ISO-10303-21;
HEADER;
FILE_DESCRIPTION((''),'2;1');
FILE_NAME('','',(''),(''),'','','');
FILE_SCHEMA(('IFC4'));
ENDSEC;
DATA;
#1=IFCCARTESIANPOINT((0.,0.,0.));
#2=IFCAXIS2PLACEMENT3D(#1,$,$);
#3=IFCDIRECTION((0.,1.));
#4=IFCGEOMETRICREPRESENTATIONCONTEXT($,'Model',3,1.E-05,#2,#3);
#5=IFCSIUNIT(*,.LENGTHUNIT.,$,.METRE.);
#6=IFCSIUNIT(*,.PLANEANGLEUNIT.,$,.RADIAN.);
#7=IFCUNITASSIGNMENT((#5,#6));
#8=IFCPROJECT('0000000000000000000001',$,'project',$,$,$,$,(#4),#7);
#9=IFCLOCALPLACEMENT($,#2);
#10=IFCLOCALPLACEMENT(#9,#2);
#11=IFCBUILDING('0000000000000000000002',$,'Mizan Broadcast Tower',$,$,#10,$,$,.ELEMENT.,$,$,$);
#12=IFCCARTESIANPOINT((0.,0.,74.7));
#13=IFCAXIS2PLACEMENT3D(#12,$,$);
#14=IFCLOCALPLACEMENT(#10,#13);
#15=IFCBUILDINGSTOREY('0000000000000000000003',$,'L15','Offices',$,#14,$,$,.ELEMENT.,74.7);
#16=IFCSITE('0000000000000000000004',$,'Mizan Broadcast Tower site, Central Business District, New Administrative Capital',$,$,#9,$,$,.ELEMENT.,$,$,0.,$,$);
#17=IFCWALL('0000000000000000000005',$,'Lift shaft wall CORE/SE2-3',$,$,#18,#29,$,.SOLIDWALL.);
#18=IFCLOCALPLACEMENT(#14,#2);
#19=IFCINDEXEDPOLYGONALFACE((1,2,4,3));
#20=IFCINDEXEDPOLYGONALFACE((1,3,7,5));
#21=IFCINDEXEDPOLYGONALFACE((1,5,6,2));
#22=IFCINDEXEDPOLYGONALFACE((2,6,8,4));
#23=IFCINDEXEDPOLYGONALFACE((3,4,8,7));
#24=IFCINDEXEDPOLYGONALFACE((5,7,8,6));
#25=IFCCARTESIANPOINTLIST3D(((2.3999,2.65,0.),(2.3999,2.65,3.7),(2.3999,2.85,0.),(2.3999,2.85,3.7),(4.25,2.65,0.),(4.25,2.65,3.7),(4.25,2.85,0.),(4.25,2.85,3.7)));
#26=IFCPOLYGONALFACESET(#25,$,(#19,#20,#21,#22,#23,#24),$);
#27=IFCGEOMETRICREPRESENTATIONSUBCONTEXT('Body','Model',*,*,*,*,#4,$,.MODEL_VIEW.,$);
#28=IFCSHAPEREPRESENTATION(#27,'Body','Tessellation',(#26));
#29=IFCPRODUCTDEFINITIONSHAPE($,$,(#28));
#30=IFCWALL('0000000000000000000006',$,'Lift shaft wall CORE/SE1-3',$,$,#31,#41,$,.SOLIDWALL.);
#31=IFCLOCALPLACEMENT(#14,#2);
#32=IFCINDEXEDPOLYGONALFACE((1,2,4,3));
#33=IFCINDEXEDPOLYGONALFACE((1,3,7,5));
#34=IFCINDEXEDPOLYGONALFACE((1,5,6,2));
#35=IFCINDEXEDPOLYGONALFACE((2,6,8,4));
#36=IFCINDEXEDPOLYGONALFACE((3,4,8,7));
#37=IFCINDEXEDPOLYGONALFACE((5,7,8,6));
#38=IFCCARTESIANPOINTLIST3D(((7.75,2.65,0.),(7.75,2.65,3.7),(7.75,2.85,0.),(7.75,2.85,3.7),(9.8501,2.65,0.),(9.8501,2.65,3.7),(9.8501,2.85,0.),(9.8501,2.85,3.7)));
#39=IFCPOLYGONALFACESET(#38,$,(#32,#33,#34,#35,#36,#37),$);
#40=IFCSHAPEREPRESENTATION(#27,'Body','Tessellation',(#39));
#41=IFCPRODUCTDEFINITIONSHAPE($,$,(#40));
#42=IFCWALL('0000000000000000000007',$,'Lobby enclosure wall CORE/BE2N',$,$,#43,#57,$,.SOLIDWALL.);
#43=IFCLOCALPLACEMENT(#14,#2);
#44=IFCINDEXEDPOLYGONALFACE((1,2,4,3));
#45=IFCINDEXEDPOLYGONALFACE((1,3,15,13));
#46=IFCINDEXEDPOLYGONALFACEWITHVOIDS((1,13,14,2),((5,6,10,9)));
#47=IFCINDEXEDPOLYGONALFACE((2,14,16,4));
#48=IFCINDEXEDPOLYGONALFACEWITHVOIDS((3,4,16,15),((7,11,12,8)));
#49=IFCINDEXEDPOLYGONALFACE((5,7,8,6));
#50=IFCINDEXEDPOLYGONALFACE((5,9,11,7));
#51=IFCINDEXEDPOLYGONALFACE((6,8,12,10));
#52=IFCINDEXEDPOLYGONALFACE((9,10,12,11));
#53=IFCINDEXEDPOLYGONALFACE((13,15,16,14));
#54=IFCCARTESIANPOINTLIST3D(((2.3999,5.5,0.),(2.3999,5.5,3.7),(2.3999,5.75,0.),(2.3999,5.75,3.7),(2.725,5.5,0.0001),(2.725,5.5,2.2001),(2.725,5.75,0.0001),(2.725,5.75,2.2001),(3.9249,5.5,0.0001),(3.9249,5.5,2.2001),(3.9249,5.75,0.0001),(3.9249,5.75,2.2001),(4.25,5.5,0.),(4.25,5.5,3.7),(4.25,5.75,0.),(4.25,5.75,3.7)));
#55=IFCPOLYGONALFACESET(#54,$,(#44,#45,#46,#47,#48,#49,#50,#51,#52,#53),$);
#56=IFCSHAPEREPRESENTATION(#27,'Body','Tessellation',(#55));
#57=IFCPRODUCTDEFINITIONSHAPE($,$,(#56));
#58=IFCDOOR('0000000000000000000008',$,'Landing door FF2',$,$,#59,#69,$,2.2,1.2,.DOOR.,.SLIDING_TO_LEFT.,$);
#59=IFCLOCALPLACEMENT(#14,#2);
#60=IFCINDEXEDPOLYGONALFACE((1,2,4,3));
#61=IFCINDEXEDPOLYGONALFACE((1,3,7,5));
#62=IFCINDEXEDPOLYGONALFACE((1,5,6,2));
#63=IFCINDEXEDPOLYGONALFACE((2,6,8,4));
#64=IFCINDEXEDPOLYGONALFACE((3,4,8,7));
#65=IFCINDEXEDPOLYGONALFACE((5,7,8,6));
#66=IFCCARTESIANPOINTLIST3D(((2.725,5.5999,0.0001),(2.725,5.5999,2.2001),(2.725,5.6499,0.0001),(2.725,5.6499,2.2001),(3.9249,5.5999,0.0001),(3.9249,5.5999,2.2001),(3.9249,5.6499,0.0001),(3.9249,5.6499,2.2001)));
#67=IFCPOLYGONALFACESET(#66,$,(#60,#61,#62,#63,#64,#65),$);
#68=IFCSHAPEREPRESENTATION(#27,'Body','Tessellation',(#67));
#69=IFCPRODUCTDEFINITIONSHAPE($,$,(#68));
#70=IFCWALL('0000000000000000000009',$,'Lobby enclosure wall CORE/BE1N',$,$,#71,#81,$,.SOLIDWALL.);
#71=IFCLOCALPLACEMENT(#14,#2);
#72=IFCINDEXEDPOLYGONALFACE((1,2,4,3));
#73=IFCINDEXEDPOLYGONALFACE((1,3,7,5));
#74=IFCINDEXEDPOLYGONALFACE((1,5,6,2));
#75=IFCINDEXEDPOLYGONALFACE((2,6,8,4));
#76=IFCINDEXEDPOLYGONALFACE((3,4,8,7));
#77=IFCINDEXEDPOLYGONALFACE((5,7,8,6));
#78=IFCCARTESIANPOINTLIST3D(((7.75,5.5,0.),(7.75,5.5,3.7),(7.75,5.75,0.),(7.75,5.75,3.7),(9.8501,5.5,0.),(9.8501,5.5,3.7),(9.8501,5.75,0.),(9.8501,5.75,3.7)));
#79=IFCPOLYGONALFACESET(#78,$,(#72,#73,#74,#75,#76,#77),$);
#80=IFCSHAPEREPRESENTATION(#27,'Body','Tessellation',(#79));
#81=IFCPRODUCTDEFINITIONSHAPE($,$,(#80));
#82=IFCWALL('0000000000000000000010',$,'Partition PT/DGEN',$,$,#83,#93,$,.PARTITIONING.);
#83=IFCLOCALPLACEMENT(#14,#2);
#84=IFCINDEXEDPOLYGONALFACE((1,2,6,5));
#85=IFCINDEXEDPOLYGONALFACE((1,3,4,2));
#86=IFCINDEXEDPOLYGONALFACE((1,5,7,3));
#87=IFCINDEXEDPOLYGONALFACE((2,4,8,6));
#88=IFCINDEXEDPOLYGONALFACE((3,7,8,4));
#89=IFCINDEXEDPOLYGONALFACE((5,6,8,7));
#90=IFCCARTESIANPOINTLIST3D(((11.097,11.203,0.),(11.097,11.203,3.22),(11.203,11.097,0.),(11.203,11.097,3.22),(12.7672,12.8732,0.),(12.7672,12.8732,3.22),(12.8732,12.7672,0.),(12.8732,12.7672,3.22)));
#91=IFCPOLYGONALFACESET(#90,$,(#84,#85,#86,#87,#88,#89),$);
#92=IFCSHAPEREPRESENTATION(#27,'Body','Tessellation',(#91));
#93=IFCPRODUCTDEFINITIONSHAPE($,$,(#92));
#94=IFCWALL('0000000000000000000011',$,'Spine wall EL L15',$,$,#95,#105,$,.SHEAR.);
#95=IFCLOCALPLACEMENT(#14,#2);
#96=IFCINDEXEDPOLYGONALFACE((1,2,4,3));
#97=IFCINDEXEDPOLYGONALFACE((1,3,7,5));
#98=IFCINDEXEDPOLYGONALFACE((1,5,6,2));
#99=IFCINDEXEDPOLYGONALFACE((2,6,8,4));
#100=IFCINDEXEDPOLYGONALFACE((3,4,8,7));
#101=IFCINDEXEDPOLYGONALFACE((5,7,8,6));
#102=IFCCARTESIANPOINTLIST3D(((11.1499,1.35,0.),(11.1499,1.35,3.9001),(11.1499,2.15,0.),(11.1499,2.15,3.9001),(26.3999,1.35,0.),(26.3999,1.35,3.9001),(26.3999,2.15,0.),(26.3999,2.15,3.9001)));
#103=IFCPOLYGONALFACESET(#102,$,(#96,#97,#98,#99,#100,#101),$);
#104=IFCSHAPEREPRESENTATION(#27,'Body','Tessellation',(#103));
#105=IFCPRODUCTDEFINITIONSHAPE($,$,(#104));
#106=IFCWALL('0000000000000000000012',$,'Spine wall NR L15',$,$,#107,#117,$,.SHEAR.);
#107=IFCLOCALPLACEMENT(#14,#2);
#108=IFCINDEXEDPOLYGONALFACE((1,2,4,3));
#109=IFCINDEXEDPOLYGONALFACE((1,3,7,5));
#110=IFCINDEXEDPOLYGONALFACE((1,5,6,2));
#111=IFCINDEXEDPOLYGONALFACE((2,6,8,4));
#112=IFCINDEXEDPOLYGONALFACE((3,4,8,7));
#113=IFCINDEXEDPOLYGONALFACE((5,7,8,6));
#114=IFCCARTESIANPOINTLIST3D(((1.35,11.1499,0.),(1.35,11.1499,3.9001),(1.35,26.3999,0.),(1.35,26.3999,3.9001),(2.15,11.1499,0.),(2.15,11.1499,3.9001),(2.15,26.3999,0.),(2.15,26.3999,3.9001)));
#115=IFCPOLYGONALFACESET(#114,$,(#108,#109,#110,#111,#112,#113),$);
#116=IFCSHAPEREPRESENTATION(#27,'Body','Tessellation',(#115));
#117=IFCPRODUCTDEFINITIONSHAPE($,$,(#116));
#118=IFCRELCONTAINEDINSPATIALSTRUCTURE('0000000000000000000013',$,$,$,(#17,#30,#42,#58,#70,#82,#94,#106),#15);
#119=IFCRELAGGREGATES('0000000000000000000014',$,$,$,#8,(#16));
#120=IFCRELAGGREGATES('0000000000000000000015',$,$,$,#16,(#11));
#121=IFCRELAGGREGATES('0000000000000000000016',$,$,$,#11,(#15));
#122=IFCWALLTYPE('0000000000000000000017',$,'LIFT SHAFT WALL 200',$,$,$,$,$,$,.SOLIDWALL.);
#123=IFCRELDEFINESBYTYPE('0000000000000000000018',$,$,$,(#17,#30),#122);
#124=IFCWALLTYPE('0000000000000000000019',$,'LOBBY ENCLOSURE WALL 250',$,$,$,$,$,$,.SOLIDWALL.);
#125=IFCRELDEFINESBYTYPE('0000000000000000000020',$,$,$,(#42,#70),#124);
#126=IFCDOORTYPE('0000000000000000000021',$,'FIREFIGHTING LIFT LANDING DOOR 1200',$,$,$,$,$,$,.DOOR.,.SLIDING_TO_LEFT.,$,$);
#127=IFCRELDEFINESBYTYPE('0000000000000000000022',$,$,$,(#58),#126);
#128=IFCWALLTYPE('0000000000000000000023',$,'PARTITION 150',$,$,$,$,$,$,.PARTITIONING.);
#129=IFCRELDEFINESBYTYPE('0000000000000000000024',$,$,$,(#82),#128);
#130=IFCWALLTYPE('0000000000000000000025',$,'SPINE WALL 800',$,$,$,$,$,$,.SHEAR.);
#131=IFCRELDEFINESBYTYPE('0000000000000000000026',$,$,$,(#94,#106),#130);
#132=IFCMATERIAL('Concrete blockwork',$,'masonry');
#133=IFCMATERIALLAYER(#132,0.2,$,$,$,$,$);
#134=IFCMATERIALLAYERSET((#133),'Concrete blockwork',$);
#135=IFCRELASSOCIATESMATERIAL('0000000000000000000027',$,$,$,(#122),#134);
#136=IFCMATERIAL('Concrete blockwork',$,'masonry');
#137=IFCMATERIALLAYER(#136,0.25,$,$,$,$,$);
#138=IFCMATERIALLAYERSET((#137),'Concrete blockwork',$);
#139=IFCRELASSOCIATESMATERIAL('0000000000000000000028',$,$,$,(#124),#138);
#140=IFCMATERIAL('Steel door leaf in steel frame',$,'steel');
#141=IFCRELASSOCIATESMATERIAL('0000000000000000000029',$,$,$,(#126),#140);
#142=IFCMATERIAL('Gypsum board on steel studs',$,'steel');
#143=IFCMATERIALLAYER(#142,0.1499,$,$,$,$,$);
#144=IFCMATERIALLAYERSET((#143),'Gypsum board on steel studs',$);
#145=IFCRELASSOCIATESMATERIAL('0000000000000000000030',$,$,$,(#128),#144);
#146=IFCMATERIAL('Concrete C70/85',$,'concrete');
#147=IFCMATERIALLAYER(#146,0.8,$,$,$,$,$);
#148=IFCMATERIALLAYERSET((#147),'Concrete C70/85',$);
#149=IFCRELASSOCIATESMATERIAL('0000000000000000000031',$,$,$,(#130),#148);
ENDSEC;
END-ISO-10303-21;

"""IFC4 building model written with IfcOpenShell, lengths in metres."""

from ifc_helpers import new_model, si_unit, direction, frame, frame_2d, origin, place, context, subcontext, project, spatial, rectangle, extrude, material, layer, layer_set, type_object, element, fill, save


model = new_model("IFC4")

# Units and contexts
model_context = context("Model", 3, precision=1e-05, world=origin(), true_north=direction((0.0, 1.0)))
body_context = subcontext(model_context, "Body", "Model", "MODEL_VIEW")
ifc_project = project(units=[si_unit("LENGTHUNIT", "METRE"), si_unit("PLANEANGLEUNIT", "RADIAN")], contexts=[model_context])

# Site, building, storey
site_placement = place(None, origin())
site = spatial("IfcSite", under=ifc_project, at=site_placement, Name="Mizan Broadcast Tower site, Central Business District, New Administrative Capital", CompositionType="ELEMENT", RefElevation=0.0)
building_placement = place(site_placement, origin())
building = spatial("IfcBuilding", under=site, at=building_placement, Name="Mizan Broadcast Tower", CompositionType="ELEMENT")
storey_placement = place(building_placement, frame((0.0, 0.0, 74.7)))
storey = spatial("IfcBuildingStorey", under=building, at=storey_placement, Name="L15", Description="Offices", CompositionType="ELEMENT", Elevation=74.7)

# Walls
ifc_material_1 = material(Name="Concrete blockwork", Category="masonry")
ifc_layer_1 = layer(ifc_material_1, 0.2)
ifc_layer_set_1 = layer_set([ifc_layer_1], Name="Concrete blockwork")
wall_type_1 = type_object("IfcWallType", Name="LIFT SHAFT WALL 200", PredefinedType="SOLIDWALL", material=ifc_layer_set_1)
wall_1_placement = place(storey_placement, frame((2.3999, 2.75, 0.0), z_axis=(0.0, 0.0, 1.0), x_axis=(1.0, 0.0, 0.0)))
element("IfcWall", 1, at=wall_1_placement, inside=storey, type_object=wall_type_1, Name="Lift shaft wall CORE/SE2-3", PredefinedType="SOLIDWALL", context=body_context, shape_type="SweptSolid", body=[
    extrude(rectangle(XDim=1.8501, YDim=0.2, at=frame_2d((0.925, 0.0))), origin(), (0.0, 0.0, 1.0), 3.7),
])
wall_2_placement = place(storey_placement, frame((7.75, 2.75, 0.0), z_axis=(0.0, 0.0, 1.0), x_axis=(1.0, 0.0, 0.0)))
element("IfcWall", 2, at=wall_2_placement, inside=storey, type_object=wall_type_1, Name="Lift shaft wall CORE/SE1-3", PredefinedType="SOLIDWALL", context=body_context, shape_type="SweptSolid", body=[
    extrude(rectangle(XDim=2.1001, YDim=0.2, at=frame_2d((1.05, 0.0))), origin(), (0.0, 0.0, 1.0), 3.7),
])

# Wall, opening, door
ifc_material_2 = material(Name="Concrete blockwork", Category="masonry")
ifc_layer_2 = layer(ifc_material_2, 0.25)
ifc_layer_set_2 = layer_set([ifc_layer_2], Name="Concrete blockwork")
wall_type_2 = type_object("IfcWallType", Name="LOBBY ENCLOSURE WALL 250", PredefinedType="SOLIDWALL", material=ifc_layer_set_2)
wall_3_placement = place(storey_placement, frame((2.3999, 5.625, 0.0), z_axis=(0.0, 0.0, 1.0), x_axis=(1.0, 0.0, 0.0)))
wall_3 = element("IfcWall", 3, at=wall_3_placement, inside=storey, type_object=wall_type_2, Name="Lobby enclosure wall CORE/BE2N", PredefinedType="SOLIDWALL", context=body_context, shape_type="SweptSolid", body=[
    extrude(rectangle(XDim=1.8501, YDim=0.25, at=frame_2d((0.925, 0.0))), origin(), (0.0, 0.0, 1.0), 3.7),
])
opening_1_placement = place(wall_3_placement, frame((0.325, 0.0, 0.0)))
opening_1 = element("IfcOpeningElement", 4, at=opening_1_placement, cuts=wall_3, PredefinedType="OPENING", context=body_context, shape_type="SweptSolid", body=[
    extrude(rectangle(XDim=1.2, YDim=2.2, at=frame_2d((0.6001, 1.1001))), frame((0.0, 0.135, 0.0), z_axis=(0.0, -1.0, 0.0), x_axis=(1.0, 0.0, 0.0)), (0.0, 0.0, 1.0), 0.27),
])
ifc_material_3 = material(Name="Steel door leaf in steel frame", Category="steel")
door_type_1 = type_object("IfcDoorType", Name="FIREFIGHTING LIFT LANDING DOOR 1200", OperationType="SLIDING_TO_LEFT", PredefinedType="DOOR", material=ifc_material_3)
door_1_placement = place(opening_1_placement, origin())
door_1 = element("IfcDoor", 5, at=door_1_placement, inside=storey, type_object=door_type_1, Name="Landing door FF2", OperationType="SLIDING_TO_LEFT", OverallHeight=2.2, OverallWidth=1.2, PredefinedType="DOOR", context=body_context, shape_type="SweptSolid", body=[
    extrude(rectangle(XDim=1.2, YDim=2.2, at=frame_2d((0.6001, 1.1001))), frame((0.0, 0.0249, 0.0), z_axis=(0.0, -1.0, 0.0), x_axis=(1.0, 0.0, 0.0)), (0.0, 0.0, 1.0), 0.05),
])
fill(opening_1, door_1)

# Walls
wall_4_placement = place(storey_placement, frame((7.75, 5.625, 0.0), z_axis=(0.0, 0.0, 1.0), x_axis=(1.0, 0.0, 0.0)))
element("IfcWall", 6, at=wall_4_placement, inside=storey, type_object=wall_type_2, Name="Lobby enclosure wall CORE/BE1N", PredefinedType="SOLIDWALL", context=body_context, shape_type="SweptSolid", body=[
    extrude(rectangle(XDim=2.1001, YDim=0.25, at=frame_2d((1.05, 0.0))), origin(), (0.0, 0.0, 1.0), 3.7),
])
ifc_material_4 = material(Name="Gypsum board on steel studs", Category="steel")
ifc_layer_3 = layer(ifc_material_4, 0.1499)
ifc_layer_set_3 = layer_set([ifc_layer_3], Name="Gypsum board on steel studs")
wall_type_3 = type_object("IfcWallType", Name="PARTITION 150", PredefinedType="PARTITIONING", material=ifc_layer_set_3)
wall_5_placement = place(storey_placement, frame((11.1499, 11.1499, 0.0), z_axis=(0.0, 0.0, 1.0), x_axis=(0.707107, 0.707107, 0.0)))
element("IfcWall", 7, at=wall_5_placement, inside=storey, type_object=wall_type_3, Name="Partition PT/DGEN", PredefinedType="PARTITIONING", context=body_context, shape_type="SweptSolid", body=[
    extrude(rectangle(XDim=2.3621, YDim=0.1499, at=frame_2d((1.1812, 0.0))), origin(), (0.0, 0.0, 1.0), 3.22),
])
ifc_material_5 = material(Name="Concrete C70/85", Category="concrete")
ifc_layer_4 = layer(ifc_material_5, 0.8)
ifc_layer_set_4 = layer_set([ifc_layer_4], Name="Concrete C70/85")
wall_type_4 = type_object("IfcWallType", Name="SPINE WALL 800", PredefinedType="SHEAR", material=ifc_layer_set_4)
for number, where, z_axis, x_axis, name in (
    (8, (11.1499, 1.75, 0.0), (0.0, 0.0, 1.0), (1.0, 0.0, 0.0), "Spine wall EL L15"),
    (9, (1.75, 11.1499, 0.0), (0.0, 0.0, 1.0), (0.0, 1.0, 0.0), "Spine wall NR L15"),
):
    element("IfcWall", number, at=place(storey_placement, frame(where, z_axis=z_axis, x_axis=x_axis)), inside=storey, type_object=wall_type_4, Name=name, PredefinedType="SHEAR", context=body_context, shape_type="SweptSolid", body=[
        extrude(rectangle(XDim=15.25, YDim=0.8, at=frame_2d((7.625, 0.0))), origin(), (0.0, 0.0, 1.0), 3.9001),
    ])

save(model, "model.ifc")
